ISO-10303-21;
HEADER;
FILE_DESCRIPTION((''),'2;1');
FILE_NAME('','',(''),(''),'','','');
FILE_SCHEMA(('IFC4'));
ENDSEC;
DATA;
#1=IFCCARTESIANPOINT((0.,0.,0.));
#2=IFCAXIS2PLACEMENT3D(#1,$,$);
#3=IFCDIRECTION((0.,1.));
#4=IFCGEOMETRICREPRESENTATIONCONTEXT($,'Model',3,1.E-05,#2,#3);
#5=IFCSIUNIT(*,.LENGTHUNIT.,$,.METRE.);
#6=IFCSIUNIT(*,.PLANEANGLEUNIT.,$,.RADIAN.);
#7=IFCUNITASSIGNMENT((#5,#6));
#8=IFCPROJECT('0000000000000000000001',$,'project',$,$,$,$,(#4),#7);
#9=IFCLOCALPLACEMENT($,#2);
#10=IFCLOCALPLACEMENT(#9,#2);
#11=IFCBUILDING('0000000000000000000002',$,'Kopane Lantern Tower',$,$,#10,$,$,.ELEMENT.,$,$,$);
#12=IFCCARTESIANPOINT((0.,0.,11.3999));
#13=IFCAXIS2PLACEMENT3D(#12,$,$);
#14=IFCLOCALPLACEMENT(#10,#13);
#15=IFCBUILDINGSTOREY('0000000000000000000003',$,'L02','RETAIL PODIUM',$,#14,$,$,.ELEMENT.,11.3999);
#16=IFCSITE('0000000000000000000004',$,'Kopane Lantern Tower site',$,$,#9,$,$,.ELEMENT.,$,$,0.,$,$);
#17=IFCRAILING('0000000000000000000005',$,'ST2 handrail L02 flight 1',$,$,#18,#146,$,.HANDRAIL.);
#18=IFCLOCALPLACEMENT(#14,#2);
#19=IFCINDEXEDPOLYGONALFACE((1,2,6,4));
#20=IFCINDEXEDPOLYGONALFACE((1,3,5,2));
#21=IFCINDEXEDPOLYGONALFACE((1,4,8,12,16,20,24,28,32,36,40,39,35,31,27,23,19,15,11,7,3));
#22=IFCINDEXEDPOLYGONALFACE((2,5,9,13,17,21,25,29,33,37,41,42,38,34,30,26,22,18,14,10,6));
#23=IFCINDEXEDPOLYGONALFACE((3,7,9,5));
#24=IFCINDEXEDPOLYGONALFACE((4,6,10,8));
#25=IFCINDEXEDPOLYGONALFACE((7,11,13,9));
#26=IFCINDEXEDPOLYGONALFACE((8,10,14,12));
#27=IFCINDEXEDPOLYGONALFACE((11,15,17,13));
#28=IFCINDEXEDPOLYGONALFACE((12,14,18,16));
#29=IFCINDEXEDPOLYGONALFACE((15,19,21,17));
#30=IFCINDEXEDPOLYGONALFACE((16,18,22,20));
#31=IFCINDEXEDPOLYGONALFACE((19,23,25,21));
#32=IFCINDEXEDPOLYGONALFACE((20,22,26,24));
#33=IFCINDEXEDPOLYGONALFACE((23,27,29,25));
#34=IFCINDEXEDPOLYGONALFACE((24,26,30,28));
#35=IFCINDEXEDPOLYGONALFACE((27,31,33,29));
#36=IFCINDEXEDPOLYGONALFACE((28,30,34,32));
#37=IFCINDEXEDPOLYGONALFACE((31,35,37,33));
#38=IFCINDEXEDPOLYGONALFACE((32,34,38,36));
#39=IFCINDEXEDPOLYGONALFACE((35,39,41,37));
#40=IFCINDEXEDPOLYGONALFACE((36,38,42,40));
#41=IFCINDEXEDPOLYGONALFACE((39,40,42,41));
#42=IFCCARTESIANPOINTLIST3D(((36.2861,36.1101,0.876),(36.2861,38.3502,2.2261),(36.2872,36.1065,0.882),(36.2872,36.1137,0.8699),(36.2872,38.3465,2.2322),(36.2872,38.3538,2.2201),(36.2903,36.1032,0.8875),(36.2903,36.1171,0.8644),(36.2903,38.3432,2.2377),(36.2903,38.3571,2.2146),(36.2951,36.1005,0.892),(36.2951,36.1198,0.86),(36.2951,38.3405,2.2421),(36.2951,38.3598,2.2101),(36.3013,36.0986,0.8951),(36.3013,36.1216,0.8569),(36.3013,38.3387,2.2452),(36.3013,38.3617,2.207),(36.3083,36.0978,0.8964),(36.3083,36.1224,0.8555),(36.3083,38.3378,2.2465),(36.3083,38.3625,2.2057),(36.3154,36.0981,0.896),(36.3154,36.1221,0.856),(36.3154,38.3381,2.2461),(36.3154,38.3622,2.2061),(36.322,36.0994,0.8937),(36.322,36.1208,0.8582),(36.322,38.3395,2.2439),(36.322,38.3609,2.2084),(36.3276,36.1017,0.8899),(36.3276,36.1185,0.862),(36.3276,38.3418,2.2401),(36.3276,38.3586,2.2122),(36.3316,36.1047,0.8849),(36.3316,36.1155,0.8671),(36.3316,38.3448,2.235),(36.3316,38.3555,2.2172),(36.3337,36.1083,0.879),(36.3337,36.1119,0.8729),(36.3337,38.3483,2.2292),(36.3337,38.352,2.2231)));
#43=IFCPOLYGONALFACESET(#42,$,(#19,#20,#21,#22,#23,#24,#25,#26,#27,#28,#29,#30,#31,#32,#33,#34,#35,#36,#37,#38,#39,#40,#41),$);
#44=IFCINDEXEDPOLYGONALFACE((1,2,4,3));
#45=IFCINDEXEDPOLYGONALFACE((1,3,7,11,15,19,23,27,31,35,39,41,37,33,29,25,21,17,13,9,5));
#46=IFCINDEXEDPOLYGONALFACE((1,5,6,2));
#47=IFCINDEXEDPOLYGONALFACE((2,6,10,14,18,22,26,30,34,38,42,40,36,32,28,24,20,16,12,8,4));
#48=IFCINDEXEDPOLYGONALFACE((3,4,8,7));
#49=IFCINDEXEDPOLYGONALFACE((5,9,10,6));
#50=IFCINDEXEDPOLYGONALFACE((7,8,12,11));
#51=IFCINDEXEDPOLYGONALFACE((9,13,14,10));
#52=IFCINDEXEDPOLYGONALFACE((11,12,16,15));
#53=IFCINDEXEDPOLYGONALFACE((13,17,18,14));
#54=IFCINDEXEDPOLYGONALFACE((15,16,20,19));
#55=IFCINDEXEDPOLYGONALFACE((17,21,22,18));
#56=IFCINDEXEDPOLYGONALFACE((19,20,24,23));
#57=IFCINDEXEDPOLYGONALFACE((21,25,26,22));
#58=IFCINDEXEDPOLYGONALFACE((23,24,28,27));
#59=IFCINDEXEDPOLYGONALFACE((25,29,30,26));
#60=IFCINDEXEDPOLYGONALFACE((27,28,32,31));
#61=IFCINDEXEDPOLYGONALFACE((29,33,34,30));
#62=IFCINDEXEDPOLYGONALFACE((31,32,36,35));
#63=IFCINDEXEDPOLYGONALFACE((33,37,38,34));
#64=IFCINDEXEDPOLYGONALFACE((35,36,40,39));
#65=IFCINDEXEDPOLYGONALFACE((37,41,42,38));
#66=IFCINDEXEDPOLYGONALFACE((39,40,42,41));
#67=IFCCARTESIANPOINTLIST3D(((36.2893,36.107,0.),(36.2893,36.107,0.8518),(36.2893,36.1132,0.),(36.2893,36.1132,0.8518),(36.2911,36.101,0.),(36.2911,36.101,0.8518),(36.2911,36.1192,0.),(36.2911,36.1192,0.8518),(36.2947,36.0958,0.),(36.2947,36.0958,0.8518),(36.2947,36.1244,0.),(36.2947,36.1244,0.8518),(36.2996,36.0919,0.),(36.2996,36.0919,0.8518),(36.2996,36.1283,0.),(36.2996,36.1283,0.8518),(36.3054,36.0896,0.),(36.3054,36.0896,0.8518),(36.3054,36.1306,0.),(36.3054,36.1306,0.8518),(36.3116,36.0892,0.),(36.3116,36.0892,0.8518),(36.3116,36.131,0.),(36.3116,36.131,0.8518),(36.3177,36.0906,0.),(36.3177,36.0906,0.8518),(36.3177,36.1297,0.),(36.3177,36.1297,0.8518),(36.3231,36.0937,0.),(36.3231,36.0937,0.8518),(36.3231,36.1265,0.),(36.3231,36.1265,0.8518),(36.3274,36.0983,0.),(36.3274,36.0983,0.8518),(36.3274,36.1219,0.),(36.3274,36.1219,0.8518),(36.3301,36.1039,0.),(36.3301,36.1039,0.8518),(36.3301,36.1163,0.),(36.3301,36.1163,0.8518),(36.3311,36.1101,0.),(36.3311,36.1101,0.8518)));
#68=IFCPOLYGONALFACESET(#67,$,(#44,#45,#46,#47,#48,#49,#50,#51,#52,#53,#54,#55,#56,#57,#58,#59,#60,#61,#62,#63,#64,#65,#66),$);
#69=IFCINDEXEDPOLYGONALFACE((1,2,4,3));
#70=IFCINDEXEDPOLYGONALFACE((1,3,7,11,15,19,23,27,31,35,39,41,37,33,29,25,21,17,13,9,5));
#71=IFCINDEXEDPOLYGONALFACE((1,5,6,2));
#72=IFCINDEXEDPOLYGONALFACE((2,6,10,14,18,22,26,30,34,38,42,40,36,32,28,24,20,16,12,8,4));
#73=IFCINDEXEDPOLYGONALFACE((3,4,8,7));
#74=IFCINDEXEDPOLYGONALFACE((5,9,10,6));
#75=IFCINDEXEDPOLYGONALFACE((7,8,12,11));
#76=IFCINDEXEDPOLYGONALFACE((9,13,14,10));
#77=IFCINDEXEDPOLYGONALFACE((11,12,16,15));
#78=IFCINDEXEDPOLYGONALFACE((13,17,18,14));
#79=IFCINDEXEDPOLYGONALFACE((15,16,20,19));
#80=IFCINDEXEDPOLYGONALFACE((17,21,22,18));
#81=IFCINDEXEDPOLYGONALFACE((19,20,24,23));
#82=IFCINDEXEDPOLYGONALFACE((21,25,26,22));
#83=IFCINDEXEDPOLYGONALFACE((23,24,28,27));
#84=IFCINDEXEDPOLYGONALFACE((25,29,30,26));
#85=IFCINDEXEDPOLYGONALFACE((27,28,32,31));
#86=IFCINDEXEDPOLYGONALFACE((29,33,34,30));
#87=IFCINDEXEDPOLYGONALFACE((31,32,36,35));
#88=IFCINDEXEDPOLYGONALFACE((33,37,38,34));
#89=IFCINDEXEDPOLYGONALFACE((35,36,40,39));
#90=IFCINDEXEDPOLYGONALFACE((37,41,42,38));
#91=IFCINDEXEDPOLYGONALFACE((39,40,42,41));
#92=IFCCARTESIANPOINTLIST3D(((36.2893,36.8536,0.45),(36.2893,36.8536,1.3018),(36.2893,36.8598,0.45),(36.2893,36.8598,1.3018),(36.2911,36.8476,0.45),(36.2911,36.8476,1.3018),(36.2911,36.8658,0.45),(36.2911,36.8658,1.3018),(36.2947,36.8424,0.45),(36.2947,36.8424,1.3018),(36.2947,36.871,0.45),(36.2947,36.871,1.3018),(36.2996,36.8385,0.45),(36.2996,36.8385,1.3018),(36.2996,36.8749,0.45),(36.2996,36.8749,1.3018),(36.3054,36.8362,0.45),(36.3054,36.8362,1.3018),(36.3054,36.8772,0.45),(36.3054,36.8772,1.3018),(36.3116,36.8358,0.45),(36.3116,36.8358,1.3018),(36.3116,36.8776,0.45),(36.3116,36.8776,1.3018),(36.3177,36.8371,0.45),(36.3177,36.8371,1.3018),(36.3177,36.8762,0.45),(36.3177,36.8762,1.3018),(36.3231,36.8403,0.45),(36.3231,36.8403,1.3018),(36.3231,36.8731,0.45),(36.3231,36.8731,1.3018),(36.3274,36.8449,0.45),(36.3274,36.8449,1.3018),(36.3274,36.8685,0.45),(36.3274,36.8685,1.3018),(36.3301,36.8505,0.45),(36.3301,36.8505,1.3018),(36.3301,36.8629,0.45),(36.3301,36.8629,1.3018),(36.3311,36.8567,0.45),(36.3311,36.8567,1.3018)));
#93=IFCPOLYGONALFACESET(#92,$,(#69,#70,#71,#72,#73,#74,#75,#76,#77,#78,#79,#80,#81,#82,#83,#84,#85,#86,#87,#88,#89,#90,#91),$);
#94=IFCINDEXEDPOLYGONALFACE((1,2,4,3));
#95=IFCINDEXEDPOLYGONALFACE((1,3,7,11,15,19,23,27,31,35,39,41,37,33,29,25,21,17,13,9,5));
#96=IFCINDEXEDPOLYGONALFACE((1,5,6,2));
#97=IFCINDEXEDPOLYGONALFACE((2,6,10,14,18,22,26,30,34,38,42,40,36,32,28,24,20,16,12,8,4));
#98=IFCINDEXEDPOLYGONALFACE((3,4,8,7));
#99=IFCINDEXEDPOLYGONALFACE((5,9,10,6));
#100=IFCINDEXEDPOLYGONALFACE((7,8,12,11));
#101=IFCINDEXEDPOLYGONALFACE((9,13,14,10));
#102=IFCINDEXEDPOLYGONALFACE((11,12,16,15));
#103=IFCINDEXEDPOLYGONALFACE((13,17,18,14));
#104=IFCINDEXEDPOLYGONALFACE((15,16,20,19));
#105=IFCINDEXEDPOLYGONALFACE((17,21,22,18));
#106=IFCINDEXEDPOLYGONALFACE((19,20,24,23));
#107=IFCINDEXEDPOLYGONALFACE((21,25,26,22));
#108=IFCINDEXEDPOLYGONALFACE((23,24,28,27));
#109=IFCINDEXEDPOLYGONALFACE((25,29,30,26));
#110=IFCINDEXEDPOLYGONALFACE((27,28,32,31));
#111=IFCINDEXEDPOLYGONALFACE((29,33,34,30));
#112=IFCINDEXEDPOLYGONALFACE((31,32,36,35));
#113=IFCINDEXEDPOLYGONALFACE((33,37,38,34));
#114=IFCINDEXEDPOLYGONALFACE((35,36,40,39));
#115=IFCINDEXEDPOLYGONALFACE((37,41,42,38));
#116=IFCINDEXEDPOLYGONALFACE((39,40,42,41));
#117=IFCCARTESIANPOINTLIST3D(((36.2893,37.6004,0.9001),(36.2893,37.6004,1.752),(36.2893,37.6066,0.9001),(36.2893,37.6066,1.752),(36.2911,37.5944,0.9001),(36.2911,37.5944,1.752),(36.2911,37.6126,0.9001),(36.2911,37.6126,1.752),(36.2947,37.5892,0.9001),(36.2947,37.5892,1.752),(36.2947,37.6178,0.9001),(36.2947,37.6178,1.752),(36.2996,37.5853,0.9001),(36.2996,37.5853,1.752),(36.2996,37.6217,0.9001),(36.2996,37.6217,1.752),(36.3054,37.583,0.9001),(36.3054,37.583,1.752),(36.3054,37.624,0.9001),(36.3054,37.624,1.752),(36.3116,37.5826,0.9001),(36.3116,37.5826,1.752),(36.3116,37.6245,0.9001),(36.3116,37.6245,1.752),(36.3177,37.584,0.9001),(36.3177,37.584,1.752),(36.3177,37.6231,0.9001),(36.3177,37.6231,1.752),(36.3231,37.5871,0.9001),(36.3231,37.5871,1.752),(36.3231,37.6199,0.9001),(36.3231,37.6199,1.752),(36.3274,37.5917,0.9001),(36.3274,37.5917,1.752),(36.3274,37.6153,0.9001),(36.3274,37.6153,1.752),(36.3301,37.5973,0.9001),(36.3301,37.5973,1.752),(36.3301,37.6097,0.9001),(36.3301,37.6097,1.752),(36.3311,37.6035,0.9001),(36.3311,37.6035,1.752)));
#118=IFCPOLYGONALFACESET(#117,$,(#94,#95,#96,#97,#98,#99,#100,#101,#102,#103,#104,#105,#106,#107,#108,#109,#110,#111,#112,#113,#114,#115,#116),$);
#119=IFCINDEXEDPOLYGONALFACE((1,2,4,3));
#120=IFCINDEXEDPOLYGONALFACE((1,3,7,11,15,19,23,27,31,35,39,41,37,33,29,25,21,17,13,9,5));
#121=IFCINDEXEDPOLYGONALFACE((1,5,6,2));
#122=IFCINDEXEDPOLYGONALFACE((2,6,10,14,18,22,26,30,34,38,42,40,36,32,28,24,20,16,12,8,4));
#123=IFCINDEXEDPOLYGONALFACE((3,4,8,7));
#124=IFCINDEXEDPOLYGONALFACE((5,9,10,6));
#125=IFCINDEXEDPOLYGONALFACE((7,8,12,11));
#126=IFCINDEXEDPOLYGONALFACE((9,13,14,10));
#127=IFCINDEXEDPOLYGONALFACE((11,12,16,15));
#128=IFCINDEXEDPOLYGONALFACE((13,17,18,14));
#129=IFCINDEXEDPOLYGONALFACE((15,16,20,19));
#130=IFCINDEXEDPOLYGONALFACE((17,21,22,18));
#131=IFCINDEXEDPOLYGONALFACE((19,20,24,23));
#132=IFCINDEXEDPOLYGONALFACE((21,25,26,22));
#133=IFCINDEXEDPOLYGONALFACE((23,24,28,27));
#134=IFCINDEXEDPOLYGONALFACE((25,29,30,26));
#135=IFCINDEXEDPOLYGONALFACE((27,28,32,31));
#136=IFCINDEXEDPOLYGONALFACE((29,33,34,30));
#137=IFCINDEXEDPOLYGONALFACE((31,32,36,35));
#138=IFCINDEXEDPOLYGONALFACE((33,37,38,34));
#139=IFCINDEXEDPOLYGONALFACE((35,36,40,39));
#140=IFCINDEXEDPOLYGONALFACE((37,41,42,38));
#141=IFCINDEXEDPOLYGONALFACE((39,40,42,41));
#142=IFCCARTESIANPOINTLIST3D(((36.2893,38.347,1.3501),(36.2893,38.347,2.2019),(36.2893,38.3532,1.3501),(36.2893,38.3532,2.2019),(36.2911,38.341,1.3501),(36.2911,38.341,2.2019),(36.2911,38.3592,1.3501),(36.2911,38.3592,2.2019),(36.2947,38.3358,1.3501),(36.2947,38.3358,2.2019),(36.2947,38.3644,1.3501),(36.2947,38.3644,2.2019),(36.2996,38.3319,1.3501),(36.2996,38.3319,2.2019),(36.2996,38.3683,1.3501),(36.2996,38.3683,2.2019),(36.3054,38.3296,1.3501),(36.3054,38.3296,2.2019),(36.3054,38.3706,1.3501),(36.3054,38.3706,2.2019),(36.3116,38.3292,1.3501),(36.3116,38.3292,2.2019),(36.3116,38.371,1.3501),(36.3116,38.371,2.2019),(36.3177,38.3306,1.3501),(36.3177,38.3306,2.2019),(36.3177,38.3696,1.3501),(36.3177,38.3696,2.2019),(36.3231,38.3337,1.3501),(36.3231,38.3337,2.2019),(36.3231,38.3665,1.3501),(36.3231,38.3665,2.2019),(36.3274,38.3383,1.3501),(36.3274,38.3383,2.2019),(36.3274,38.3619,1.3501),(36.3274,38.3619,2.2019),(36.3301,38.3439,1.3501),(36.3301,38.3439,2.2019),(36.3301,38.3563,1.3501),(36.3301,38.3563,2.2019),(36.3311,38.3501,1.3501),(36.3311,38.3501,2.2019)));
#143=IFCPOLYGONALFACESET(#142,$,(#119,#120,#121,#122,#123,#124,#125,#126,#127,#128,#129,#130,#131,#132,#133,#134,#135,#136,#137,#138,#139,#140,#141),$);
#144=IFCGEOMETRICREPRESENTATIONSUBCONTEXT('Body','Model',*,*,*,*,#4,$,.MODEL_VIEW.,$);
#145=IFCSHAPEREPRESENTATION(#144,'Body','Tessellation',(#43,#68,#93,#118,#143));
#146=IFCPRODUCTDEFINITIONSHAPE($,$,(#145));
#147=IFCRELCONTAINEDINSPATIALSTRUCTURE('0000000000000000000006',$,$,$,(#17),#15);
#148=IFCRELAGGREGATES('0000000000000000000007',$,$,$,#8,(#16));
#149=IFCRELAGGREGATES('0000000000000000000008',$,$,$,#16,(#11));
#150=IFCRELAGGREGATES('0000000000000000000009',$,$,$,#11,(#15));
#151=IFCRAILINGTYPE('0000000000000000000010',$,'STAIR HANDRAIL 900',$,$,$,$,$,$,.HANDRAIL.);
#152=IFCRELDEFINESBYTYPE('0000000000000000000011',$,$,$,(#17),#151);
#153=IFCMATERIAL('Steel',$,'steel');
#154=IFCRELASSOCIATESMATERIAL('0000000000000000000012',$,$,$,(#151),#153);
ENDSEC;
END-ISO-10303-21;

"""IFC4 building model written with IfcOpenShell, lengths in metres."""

from ifc_helpers import new_model, si_unit, direction, frame, origin, origin_2d, place, context, subcontext, project, spatial, circle, extrude, material, type_object, element, save


model = new_model("IFC4")

# Units and contexts
model_context = context("Model", 3, precision=1e-05, world=origin(), true_north=direction((0.0, 1.0)))
body_context = subcontext(model_context, "Body", "Model", "MODEL_VIEW")
ifc_project = project(units=[si_unit("LENGTHUNIT", "METRE"), si_unit("PLANEANGLEUNIT", "RADIAN")], contexts=[model_context])

# Site, building, storey
site_placement = place(None, origin())
site = spatial("IfcSite", under=ifc_project, at=site_placement, Name="Kopane Lantern Tower site", CompositionType="ELEMENT", RefElevation=0.0)
building_placement = place(site_placement, origin())
building = spatial("IfcBuilding", under=site, at=building_placement, Name="Kopane Lantern Tower", CompositionType="ELEMENT")
storey_placement = place(building_placement, frame((0.0, 0.0, 11.3999)))
storey = spatial("IfcBuildingStorey", under=building, at=storey_placement, Name="L02", Description="RETAIL PODIUM", CompositionType="ELEMENT", Elevation=11.3999)

# Railing
ifc_material_1 = material(Name="Steel", Category="steel")
railing_type_1 = type_object("IfcRailingType", Name="STAIR HANDRAIL 900", PredefinedType="HANDRAIL", material=ifc_material_1)
for number, where, name in (
    (1, (36.3101, 36.1101, 0.0), "ST2 handrail L02 flight 1"),
):
    element("IfcRailing", number, at=place(storey_placement, frame(where)), inside=storey, type_object=railing_type_1, Name=name, PredefinedType="HANDRAIL", context=body_context, shape_type="SweptSolid", body=[
        extrude(circle(Radius=0.0239, at=origin_2d()), frame((0.0, 0.0, 0.876), z_axis=(0.0, 0.856462, 0.516211), x_axis=(-1.0, 0.0, 0.0)), (0.0, 0.0, 1.0), 2.6155),
        extrude(circle(Radius=0.021, at=origin_2d()), origin(), (0.0, 0.0, 1.0), 0.8518),
        extrude(circle(Radius=0.021, at=origin_2d()), frame((0.0, 0.7466, 0.45)), (0.0, 0.0, 1.0), 0.8518),
        extrude(circle(Radius=0.021, at=origin_2d()), frame((0.0, 1.4934, 0.9001)), (0.0, 0.0, 1.0), 0.8518),
        extrude(circle(Radius=0.021, at=origin_2d()), frame((0.0, 2.24, 1.3501)), (0.0, 0.0, 1.0), 0.8518),
    ])

save(model, "model.ifc")
